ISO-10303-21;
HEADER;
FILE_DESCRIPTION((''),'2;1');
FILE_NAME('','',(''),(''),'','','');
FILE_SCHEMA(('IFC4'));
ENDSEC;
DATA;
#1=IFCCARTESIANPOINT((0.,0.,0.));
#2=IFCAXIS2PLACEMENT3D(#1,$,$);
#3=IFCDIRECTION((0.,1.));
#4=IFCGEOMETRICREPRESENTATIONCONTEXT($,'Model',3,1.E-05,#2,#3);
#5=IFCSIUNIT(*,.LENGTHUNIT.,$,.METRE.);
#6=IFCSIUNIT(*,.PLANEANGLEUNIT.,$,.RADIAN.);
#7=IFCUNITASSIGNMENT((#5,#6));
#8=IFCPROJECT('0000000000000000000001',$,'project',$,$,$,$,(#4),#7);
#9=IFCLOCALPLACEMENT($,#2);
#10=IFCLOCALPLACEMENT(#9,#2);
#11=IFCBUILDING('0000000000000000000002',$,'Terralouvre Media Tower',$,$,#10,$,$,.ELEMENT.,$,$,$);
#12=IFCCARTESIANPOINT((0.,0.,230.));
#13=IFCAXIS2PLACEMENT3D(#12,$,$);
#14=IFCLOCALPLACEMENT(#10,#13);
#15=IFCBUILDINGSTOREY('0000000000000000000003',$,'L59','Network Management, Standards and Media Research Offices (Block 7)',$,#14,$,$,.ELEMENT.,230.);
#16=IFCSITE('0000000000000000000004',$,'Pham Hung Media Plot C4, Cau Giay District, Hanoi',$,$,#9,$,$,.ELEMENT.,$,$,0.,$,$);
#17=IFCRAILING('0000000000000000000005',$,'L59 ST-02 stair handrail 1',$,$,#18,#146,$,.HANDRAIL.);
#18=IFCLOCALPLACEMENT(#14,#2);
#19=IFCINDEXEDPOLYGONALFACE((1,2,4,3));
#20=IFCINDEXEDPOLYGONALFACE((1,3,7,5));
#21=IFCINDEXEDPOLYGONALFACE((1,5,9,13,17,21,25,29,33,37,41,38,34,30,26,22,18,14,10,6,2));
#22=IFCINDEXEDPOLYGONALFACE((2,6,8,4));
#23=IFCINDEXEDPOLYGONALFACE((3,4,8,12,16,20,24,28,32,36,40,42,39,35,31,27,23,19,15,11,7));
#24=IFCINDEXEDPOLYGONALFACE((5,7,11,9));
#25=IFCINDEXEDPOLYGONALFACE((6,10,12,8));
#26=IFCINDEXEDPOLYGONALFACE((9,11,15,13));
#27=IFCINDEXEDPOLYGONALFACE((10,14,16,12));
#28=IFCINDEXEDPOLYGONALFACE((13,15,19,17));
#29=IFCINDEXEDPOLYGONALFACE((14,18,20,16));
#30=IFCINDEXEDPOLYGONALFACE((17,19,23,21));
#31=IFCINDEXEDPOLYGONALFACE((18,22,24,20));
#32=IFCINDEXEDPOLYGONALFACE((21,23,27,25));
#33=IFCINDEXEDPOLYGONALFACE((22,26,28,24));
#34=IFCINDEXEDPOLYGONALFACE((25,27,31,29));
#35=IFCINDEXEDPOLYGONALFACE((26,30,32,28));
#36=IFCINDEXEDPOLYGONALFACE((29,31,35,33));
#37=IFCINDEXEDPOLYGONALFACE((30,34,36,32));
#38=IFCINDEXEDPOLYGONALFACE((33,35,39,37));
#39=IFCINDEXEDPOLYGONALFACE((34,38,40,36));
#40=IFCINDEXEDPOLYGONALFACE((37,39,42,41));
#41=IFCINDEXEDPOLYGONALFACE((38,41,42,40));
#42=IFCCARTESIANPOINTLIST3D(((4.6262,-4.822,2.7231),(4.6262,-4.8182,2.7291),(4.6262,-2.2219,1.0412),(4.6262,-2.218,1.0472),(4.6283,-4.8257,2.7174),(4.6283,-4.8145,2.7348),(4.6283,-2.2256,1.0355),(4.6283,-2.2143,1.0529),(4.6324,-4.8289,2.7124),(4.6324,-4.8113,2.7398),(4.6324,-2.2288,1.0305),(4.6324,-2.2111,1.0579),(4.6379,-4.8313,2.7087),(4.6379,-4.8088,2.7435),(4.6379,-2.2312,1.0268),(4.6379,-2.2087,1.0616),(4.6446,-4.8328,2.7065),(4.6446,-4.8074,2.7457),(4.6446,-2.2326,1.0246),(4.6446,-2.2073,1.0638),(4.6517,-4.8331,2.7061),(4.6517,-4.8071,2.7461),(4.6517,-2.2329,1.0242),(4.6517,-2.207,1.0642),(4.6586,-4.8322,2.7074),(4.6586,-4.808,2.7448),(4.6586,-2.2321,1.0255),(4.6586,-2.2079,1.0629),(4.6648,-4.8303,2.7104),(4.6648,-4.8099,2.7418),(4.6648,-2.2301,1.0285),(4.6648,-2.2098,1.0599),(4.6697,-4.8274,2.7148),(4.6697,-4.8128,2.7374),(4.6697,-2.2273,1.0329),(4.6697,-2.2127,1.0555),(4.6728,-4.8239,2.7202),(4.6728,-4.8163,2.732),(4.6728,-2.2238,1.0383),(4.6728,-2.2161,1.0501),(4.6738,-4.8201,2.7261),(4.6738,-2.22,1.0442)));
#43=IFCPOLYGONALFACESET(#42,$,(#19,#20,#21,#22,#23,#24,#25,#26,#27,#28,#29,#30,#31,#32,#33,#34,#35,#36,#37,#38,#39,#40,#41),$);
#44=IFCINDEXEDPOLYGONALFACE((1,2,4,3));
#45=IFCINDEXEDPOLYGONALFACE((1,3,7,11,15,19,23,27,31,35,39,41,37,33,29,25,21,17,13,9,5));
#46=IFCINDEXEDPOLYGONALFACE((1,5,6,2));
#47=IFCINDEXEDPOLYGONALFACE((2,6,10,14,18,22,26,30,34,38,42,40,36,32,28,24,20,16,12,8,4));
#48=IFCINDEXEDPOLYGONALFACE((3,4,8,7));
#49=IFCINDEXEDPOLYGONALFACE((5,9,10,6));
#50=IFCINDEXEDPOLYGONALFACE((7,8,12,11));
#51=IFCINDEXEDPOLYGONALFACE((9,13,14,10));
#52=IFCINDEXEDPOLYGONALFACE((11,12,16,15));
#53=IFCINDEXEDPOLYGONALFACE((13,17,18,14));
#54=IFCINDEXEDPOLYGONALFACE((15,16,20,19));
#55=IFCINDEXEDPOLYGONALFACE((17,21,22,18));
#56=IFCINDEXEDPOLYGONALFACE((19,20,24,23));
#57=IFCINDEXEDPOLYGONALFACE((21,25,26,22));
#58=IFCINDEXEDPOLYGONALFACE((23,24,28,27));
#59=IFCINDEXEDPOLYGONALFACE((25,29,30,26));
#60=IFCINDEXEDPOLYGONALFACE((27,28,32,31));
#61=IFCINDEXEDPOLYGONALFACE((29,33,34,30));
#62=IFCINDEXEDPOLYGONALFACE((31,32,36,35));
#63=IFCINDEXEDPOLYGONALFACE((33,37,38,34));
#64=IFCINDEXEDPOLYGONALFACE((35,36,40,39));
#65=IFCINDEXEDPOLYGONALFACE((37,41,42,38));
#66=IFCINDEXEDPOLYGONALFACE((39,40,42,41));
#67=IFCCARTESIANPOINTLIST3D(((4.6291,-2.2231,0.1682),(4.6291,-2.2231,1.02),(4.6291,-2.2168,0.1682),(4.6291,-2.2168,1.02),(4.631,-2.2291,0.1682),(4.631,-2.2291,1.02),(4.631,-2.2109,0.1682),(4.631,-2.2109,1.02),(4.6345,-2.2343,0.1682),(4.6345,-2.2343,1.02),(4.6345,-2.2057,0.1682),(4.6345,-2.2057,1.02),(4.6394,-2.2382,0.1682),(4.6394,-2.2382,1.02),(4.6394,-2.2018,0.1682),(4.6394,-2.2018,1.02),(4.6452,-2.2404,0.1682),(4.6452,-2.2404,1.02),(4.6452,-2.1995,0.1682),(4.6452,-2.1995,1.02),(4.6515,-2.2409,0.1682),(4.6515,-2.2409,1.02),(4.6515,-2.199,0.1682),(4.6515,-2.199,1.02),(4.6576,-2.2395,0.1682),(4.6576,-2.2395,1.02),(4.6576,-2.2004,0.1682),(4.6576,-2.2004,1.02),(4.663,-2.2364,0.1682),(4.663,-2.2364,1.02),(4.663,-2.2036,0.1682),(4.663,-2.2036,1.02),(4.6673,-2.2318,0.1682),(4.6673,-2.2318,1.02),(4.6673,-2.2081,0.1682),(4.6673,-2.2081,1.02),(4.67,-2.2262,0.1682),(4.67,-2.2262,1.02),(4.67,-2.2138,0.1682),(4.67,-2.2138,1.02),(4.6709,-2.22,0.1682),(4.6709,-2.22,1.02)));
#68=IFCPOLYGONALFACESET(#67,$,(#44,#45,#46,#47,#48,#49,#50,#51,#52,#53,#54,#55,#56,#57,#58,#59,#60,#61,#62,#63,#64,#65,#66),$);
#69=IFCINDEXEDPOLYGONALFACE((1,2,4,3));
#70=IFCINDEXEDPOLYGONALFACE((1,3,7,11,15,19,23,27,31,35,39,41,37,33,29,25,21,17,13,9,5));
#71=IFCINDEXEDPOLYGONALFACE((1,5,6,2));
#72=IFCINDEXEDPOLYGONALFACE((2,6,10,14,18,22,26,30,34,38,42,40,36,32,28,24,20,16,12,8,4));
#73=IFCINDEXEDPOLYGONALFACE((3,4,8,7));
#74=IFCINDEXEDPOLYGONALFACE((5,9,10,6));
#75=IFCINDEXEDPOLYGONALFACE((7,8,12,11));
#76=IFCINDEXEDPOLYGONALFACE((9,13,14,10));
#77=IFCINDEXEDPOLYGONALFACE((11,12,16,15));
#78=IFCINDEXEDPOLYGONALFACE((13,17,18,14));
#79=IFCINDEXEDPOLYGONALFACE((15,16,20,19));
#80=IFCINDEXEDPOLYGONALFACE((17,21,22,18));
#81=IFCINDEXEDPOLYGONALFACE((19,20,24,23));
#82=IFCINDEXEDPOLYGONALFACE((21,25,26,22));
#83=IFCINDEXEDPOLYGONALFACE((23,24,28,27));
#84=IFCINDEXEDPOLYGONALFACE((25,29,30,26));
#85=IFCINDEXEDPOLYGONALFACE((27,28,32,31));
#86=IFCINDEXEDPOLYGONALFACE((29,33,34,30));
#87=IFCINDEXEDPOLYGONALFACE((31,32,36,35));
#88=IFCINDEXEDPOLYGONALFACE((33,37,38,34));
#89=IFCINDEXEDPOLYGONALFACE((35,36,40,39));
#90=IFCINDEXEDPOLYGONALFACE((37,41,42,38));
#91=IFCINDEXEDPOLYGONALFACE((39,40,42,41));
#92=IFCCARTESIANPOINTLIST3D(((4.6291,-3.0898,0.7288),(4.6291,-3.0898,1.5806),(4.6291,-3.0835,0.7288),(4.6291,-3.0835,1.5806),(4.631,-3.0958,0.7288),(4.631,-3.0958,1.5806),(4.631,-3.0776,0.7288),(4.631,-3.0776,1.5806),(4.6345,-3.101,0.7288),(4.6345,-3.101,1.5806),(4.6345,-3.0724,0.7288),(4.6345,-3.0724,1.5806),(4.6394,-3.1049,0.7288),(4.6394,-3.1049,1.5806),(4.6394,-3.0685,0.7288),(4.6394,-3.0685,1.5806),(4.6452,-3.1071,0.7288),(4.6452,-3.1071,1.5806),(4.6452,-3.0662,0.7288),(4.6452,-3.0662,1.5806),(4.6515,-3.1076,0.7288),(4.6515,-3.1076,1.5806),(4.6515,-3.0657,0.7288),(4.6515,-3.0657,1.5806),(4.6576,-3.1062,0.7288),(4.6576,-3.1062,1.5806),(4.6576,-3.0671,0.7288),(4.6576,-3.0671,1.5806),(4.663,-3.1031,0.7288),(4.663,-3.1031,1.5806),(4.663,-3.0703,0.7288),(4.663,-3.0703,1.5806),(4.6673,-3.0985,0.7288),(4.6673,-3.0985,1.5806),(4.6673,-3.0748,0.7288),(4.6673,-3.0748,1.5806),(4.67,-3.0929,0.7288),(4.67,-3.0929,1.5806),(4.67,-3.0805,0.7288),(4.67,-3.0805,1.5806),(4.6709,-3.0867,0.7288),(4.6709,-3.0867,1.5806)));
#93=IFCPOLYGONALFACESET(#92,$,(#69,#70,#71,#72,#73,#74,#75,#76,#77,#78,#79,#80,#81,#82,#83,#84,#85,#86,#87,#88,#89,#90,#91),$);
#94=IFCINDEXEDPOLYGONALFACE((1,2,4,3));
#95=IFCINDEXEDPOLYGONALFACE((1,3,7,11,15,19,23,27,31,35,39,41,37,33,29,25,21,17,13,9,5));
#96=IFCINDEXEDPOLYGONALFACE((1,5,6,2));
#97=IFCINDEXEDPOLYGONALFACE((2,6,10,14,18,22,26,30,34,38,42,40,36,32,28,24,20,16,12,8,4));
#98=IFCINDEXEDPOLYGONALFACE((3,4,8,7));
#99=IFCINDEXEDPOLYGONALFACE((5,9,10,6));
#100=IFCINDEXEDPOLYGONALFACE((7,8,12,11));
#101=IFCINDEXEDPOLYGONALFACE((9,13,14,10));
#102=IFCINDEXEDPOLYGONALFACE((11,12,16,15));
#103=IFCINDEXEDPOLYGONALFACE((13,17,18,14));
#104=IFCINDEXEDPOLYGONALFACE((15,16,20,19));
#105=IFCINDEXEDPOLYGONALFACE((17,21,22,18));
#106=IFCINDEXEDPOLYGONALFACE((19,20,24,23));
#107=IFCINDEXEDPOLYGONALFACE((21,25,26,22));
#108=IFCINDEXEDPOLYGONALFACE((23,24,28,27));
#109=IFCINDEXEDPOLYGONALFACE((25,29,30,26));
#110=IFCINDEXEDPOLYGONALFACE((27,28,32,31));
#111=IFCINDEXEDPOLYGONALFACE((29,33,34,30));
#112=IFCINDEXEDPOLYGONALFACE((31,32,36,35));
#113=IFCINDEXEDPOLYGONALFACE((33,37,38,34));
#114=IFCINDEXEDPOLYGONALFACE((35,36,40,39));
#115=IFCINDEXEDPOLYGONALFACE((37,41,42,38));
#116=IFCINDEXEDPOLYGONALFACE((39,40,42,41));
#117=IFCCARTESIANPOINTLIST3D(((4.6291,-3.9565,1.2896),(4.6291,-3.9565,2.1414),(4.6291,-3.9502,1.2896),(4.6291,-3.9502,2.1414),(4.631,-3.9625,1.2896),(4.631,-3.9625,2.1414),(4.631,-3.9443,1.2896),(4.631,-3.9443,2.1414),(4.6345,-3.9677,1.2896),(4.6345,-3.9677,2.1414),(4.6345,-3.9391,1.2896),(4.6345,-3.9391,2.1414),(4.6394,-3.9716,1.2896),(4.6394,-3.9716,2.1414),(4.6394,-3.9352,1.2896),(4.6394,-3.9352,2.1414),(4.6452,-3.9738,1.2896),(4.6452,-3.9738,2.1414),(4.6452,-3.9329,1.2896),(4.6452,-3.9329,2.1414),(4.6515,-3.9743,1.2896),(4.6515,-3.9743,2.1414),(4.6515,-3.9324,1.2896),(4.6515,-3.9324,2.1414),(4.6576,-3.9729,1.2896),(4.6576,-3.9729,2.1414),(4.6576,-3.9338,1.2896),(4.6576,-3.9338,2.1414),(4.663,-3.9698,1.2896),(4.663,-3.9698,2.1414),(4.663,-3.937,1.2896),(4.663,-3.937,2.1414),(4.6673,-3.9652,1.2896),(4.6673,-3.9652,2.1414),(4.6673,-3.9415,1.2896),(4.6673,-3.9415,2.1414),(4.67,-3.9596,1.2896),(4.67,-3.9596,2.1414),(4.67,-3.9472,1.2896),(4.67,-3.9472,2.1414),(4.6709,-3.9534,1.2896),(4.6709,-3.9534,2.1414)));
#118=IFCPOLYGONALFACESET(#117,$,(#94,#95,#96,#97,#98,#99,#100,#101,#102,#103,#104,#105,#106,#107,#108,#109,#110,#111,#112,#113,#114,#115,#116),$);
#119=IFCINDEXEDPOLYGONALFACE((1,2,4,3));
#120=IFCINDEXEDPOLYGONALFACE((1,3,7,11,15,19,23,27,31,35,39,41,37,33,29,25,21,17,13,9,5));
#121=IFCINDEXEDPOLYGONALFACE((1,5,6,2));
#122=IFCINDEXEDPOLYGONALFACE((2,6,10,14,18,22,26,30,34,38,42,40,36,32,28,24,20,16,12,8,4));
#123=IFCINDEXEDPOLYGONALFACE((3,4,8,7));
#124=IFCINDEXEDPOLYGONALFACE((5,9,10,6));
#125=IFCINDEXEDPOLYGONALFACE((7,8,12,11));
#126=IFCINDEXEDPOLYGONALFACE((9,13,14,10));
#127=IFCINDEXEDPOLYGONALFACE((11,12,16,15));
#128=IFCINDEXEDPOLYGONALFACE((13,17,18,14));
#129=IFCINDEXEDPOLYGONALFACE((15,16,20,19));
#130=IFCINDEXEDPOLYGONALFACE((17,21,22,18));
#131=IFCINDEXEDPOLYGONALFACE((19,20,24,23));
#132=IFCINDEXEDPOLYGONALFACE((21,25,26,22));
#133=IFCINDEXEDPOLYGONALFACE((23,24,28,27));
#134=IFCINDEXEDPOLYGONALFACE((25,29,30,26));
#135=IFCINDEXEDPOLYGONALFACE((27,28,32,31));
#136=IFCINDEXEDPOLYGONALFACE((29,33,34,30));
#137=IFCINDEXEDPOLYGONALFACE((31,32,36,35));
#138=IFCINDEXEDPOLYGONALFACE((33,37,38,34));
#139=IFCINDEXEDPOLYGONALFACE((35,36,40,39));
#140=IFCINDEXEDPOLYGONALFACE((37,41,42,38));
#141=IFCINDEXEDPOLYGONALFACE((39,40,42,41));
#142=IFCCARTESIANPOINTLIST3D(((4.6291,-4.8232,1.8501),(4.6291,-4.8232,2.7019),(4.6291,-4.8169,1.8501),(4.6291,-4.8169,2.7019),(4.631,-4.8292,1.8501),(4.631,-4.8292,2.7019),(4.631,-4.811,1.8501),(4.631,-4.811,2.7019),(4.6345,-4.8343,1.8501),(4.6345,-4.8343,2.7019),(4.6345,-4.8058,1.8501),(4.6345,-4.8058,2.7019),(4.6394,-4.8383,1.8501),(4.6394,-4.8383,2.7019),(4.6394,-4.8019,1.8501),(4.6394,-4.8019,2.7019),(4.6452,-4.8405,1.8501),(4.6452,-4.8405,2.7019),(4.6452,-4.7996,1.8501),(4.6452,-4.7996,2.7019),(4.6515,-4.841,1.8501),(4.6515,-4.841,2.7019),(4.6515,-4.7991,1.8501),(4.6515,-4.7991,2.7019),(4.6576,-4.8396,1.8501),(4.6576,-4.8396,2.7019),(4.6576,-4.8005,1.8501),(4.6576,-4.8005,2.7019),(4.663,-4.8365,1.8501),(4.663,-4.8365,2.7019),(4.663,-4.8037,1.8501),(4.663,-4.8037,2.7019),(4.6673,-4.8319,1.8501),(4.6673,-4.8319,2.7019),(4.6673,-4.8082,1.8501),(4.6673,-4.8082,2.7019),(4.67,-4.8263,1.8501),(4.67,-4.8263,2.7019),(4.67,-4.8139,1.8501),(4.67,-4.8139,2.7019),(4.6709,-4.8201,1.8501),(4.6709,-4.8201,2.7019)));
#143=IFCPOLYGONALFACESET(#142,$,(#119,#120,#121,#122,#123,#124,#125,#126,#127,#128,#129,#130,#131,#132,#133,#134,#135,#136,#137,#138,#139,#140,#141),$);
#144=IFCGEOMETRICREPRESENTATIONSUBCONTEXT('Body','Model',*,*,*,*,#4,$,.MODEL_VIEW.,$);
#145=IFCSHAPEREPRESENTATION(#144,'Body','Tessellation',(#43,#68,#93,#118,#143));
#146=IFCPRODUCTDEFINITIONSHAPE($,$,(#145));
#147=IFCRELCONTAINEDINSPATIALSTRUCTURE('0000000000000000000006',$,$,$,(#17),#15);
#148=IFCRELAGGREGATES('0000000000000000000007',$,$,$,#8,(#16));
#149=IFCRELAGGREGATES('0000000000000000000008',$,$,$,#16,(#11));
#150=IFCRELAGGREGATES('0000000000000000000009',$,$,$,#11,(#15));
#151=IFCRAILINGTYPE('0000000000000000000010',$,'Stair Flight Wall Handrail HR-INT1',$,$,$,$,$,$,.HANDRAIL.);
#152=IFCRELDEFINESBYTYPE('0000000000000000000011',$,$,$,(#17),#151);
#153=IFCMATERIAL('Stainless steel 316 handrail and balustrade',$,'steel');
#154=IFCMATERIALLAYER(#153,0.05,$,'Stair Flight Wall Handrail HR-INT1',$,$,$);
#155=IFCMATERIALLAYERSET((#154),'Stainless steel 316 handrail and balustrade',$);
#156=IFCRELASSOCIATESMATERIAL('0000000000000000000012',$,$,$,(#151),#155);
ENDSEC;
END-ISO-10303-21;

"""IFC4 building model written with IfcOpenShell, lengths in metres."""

from ifc_helpers import new_model, si_unit, direction, frame, origin, origin_2d, place, context, subcontext, project, spatial, circle, extrude, material, layer, layer_set, type_object, element, save


model = new_model("IFC4")

# Units and contexts
model_context = context("Model", 3, precision=1e-05, world=origin(), true_north=direction((0.0, 1.0)))
body_context = subcontext(model_context, "Body", "Model", "MODEL_VIEW")
ifc_project = project(units=[si_unit("LENGTHUNIT", "METRE"), si_unit("PLANEANGLEUNIT", "RADIAN")], contexts=[model_context])

# Site, building, storey
site_placement = place(None, origin())
site = spatial("IfcSite", under=ifc_project, at=site_placement, Name="Pham Hung Media Plot C4, Cau Giay District, Hanoi", CompositionType="ELEMENT", RefElevation=0.0)
building_placement = place(site_placement, origin())
building = spatial("IfcBuilding", under=site, at=building_placement, Name="Terralouvre Media Tower", CompositionType="ELEMENT")
storey_placement = place(building_placement, frame((0.0, 0.0, 230.0)))
storey = spatial("IfcBuildingStorey", under=building, at=storey_placement, Name="L59", Description="Network Management, Standards and Media Research Offices (Block 7)", CompositionType="ELEMENT", Elevation=230.0)

# Railing
ifc_material_1 = material(Name="Stainless steel 316 handrail and balustrade", Category="steel")
ifc_layer_1 = layer(ifc_material_1, 0.05, Name="Stair Flight Wall Handrail HR-INT1")
ifc_layer_set_1 = layer_set([ifc_layer_1], Name="Stainless steel 316 handrail and balustrade")
railing_type_1 = type_object("IfcRailingType", Name="Stair Flight Wall Handrail HR-INT1", PredefinedType="HANDRAIL", material=ifc_layer_set_1)
railing_1_placement = place(storey_placement, frame((4.6499, -2.22, 0.1682)))
element("IfcRailing", 1, at=railing_1_placement, inside=storey, type_object=railing_type_1, Name="L59 ST-02 stair handrail 1", PredefinedType="HANDRAIL", context=body_context, shape_type="SweptSolid", body=[
    extrude(circle(Radius=0.0239, at=origin_2d()), frame((0.0, 0.0, 0.876), z_axis=(0.0, -0.839648, 0.54313), x_axis=(1.0, 0.0, 0.0)), (0.0, 0.0, 1.0), 3.0967),
    extrude(circle(Radius=0.021, at=origin_2d()), origin(), (0.0, 0.0, 1.0), 0.8518),
    extrude(circle(Radius=0.021, at=origin_2d()), frame((0.0, -0.8667, 0.5605)), (0.0, 0.0, 1.0), 0.8518),
    extrude(circle(Radius=0.021, at=origin_2d()), frame((0.0, -1.7334, 1.1213)), (0.0, 0.0, 1.0), 0.8518),
    extrude(circle(Radius=0.021, at=origin_2d()), frame((0.0, -2.6001, 1.6819)), (0.0, 0.0, 1.0), 0.8518),
])

save(model, "model.ifc")
